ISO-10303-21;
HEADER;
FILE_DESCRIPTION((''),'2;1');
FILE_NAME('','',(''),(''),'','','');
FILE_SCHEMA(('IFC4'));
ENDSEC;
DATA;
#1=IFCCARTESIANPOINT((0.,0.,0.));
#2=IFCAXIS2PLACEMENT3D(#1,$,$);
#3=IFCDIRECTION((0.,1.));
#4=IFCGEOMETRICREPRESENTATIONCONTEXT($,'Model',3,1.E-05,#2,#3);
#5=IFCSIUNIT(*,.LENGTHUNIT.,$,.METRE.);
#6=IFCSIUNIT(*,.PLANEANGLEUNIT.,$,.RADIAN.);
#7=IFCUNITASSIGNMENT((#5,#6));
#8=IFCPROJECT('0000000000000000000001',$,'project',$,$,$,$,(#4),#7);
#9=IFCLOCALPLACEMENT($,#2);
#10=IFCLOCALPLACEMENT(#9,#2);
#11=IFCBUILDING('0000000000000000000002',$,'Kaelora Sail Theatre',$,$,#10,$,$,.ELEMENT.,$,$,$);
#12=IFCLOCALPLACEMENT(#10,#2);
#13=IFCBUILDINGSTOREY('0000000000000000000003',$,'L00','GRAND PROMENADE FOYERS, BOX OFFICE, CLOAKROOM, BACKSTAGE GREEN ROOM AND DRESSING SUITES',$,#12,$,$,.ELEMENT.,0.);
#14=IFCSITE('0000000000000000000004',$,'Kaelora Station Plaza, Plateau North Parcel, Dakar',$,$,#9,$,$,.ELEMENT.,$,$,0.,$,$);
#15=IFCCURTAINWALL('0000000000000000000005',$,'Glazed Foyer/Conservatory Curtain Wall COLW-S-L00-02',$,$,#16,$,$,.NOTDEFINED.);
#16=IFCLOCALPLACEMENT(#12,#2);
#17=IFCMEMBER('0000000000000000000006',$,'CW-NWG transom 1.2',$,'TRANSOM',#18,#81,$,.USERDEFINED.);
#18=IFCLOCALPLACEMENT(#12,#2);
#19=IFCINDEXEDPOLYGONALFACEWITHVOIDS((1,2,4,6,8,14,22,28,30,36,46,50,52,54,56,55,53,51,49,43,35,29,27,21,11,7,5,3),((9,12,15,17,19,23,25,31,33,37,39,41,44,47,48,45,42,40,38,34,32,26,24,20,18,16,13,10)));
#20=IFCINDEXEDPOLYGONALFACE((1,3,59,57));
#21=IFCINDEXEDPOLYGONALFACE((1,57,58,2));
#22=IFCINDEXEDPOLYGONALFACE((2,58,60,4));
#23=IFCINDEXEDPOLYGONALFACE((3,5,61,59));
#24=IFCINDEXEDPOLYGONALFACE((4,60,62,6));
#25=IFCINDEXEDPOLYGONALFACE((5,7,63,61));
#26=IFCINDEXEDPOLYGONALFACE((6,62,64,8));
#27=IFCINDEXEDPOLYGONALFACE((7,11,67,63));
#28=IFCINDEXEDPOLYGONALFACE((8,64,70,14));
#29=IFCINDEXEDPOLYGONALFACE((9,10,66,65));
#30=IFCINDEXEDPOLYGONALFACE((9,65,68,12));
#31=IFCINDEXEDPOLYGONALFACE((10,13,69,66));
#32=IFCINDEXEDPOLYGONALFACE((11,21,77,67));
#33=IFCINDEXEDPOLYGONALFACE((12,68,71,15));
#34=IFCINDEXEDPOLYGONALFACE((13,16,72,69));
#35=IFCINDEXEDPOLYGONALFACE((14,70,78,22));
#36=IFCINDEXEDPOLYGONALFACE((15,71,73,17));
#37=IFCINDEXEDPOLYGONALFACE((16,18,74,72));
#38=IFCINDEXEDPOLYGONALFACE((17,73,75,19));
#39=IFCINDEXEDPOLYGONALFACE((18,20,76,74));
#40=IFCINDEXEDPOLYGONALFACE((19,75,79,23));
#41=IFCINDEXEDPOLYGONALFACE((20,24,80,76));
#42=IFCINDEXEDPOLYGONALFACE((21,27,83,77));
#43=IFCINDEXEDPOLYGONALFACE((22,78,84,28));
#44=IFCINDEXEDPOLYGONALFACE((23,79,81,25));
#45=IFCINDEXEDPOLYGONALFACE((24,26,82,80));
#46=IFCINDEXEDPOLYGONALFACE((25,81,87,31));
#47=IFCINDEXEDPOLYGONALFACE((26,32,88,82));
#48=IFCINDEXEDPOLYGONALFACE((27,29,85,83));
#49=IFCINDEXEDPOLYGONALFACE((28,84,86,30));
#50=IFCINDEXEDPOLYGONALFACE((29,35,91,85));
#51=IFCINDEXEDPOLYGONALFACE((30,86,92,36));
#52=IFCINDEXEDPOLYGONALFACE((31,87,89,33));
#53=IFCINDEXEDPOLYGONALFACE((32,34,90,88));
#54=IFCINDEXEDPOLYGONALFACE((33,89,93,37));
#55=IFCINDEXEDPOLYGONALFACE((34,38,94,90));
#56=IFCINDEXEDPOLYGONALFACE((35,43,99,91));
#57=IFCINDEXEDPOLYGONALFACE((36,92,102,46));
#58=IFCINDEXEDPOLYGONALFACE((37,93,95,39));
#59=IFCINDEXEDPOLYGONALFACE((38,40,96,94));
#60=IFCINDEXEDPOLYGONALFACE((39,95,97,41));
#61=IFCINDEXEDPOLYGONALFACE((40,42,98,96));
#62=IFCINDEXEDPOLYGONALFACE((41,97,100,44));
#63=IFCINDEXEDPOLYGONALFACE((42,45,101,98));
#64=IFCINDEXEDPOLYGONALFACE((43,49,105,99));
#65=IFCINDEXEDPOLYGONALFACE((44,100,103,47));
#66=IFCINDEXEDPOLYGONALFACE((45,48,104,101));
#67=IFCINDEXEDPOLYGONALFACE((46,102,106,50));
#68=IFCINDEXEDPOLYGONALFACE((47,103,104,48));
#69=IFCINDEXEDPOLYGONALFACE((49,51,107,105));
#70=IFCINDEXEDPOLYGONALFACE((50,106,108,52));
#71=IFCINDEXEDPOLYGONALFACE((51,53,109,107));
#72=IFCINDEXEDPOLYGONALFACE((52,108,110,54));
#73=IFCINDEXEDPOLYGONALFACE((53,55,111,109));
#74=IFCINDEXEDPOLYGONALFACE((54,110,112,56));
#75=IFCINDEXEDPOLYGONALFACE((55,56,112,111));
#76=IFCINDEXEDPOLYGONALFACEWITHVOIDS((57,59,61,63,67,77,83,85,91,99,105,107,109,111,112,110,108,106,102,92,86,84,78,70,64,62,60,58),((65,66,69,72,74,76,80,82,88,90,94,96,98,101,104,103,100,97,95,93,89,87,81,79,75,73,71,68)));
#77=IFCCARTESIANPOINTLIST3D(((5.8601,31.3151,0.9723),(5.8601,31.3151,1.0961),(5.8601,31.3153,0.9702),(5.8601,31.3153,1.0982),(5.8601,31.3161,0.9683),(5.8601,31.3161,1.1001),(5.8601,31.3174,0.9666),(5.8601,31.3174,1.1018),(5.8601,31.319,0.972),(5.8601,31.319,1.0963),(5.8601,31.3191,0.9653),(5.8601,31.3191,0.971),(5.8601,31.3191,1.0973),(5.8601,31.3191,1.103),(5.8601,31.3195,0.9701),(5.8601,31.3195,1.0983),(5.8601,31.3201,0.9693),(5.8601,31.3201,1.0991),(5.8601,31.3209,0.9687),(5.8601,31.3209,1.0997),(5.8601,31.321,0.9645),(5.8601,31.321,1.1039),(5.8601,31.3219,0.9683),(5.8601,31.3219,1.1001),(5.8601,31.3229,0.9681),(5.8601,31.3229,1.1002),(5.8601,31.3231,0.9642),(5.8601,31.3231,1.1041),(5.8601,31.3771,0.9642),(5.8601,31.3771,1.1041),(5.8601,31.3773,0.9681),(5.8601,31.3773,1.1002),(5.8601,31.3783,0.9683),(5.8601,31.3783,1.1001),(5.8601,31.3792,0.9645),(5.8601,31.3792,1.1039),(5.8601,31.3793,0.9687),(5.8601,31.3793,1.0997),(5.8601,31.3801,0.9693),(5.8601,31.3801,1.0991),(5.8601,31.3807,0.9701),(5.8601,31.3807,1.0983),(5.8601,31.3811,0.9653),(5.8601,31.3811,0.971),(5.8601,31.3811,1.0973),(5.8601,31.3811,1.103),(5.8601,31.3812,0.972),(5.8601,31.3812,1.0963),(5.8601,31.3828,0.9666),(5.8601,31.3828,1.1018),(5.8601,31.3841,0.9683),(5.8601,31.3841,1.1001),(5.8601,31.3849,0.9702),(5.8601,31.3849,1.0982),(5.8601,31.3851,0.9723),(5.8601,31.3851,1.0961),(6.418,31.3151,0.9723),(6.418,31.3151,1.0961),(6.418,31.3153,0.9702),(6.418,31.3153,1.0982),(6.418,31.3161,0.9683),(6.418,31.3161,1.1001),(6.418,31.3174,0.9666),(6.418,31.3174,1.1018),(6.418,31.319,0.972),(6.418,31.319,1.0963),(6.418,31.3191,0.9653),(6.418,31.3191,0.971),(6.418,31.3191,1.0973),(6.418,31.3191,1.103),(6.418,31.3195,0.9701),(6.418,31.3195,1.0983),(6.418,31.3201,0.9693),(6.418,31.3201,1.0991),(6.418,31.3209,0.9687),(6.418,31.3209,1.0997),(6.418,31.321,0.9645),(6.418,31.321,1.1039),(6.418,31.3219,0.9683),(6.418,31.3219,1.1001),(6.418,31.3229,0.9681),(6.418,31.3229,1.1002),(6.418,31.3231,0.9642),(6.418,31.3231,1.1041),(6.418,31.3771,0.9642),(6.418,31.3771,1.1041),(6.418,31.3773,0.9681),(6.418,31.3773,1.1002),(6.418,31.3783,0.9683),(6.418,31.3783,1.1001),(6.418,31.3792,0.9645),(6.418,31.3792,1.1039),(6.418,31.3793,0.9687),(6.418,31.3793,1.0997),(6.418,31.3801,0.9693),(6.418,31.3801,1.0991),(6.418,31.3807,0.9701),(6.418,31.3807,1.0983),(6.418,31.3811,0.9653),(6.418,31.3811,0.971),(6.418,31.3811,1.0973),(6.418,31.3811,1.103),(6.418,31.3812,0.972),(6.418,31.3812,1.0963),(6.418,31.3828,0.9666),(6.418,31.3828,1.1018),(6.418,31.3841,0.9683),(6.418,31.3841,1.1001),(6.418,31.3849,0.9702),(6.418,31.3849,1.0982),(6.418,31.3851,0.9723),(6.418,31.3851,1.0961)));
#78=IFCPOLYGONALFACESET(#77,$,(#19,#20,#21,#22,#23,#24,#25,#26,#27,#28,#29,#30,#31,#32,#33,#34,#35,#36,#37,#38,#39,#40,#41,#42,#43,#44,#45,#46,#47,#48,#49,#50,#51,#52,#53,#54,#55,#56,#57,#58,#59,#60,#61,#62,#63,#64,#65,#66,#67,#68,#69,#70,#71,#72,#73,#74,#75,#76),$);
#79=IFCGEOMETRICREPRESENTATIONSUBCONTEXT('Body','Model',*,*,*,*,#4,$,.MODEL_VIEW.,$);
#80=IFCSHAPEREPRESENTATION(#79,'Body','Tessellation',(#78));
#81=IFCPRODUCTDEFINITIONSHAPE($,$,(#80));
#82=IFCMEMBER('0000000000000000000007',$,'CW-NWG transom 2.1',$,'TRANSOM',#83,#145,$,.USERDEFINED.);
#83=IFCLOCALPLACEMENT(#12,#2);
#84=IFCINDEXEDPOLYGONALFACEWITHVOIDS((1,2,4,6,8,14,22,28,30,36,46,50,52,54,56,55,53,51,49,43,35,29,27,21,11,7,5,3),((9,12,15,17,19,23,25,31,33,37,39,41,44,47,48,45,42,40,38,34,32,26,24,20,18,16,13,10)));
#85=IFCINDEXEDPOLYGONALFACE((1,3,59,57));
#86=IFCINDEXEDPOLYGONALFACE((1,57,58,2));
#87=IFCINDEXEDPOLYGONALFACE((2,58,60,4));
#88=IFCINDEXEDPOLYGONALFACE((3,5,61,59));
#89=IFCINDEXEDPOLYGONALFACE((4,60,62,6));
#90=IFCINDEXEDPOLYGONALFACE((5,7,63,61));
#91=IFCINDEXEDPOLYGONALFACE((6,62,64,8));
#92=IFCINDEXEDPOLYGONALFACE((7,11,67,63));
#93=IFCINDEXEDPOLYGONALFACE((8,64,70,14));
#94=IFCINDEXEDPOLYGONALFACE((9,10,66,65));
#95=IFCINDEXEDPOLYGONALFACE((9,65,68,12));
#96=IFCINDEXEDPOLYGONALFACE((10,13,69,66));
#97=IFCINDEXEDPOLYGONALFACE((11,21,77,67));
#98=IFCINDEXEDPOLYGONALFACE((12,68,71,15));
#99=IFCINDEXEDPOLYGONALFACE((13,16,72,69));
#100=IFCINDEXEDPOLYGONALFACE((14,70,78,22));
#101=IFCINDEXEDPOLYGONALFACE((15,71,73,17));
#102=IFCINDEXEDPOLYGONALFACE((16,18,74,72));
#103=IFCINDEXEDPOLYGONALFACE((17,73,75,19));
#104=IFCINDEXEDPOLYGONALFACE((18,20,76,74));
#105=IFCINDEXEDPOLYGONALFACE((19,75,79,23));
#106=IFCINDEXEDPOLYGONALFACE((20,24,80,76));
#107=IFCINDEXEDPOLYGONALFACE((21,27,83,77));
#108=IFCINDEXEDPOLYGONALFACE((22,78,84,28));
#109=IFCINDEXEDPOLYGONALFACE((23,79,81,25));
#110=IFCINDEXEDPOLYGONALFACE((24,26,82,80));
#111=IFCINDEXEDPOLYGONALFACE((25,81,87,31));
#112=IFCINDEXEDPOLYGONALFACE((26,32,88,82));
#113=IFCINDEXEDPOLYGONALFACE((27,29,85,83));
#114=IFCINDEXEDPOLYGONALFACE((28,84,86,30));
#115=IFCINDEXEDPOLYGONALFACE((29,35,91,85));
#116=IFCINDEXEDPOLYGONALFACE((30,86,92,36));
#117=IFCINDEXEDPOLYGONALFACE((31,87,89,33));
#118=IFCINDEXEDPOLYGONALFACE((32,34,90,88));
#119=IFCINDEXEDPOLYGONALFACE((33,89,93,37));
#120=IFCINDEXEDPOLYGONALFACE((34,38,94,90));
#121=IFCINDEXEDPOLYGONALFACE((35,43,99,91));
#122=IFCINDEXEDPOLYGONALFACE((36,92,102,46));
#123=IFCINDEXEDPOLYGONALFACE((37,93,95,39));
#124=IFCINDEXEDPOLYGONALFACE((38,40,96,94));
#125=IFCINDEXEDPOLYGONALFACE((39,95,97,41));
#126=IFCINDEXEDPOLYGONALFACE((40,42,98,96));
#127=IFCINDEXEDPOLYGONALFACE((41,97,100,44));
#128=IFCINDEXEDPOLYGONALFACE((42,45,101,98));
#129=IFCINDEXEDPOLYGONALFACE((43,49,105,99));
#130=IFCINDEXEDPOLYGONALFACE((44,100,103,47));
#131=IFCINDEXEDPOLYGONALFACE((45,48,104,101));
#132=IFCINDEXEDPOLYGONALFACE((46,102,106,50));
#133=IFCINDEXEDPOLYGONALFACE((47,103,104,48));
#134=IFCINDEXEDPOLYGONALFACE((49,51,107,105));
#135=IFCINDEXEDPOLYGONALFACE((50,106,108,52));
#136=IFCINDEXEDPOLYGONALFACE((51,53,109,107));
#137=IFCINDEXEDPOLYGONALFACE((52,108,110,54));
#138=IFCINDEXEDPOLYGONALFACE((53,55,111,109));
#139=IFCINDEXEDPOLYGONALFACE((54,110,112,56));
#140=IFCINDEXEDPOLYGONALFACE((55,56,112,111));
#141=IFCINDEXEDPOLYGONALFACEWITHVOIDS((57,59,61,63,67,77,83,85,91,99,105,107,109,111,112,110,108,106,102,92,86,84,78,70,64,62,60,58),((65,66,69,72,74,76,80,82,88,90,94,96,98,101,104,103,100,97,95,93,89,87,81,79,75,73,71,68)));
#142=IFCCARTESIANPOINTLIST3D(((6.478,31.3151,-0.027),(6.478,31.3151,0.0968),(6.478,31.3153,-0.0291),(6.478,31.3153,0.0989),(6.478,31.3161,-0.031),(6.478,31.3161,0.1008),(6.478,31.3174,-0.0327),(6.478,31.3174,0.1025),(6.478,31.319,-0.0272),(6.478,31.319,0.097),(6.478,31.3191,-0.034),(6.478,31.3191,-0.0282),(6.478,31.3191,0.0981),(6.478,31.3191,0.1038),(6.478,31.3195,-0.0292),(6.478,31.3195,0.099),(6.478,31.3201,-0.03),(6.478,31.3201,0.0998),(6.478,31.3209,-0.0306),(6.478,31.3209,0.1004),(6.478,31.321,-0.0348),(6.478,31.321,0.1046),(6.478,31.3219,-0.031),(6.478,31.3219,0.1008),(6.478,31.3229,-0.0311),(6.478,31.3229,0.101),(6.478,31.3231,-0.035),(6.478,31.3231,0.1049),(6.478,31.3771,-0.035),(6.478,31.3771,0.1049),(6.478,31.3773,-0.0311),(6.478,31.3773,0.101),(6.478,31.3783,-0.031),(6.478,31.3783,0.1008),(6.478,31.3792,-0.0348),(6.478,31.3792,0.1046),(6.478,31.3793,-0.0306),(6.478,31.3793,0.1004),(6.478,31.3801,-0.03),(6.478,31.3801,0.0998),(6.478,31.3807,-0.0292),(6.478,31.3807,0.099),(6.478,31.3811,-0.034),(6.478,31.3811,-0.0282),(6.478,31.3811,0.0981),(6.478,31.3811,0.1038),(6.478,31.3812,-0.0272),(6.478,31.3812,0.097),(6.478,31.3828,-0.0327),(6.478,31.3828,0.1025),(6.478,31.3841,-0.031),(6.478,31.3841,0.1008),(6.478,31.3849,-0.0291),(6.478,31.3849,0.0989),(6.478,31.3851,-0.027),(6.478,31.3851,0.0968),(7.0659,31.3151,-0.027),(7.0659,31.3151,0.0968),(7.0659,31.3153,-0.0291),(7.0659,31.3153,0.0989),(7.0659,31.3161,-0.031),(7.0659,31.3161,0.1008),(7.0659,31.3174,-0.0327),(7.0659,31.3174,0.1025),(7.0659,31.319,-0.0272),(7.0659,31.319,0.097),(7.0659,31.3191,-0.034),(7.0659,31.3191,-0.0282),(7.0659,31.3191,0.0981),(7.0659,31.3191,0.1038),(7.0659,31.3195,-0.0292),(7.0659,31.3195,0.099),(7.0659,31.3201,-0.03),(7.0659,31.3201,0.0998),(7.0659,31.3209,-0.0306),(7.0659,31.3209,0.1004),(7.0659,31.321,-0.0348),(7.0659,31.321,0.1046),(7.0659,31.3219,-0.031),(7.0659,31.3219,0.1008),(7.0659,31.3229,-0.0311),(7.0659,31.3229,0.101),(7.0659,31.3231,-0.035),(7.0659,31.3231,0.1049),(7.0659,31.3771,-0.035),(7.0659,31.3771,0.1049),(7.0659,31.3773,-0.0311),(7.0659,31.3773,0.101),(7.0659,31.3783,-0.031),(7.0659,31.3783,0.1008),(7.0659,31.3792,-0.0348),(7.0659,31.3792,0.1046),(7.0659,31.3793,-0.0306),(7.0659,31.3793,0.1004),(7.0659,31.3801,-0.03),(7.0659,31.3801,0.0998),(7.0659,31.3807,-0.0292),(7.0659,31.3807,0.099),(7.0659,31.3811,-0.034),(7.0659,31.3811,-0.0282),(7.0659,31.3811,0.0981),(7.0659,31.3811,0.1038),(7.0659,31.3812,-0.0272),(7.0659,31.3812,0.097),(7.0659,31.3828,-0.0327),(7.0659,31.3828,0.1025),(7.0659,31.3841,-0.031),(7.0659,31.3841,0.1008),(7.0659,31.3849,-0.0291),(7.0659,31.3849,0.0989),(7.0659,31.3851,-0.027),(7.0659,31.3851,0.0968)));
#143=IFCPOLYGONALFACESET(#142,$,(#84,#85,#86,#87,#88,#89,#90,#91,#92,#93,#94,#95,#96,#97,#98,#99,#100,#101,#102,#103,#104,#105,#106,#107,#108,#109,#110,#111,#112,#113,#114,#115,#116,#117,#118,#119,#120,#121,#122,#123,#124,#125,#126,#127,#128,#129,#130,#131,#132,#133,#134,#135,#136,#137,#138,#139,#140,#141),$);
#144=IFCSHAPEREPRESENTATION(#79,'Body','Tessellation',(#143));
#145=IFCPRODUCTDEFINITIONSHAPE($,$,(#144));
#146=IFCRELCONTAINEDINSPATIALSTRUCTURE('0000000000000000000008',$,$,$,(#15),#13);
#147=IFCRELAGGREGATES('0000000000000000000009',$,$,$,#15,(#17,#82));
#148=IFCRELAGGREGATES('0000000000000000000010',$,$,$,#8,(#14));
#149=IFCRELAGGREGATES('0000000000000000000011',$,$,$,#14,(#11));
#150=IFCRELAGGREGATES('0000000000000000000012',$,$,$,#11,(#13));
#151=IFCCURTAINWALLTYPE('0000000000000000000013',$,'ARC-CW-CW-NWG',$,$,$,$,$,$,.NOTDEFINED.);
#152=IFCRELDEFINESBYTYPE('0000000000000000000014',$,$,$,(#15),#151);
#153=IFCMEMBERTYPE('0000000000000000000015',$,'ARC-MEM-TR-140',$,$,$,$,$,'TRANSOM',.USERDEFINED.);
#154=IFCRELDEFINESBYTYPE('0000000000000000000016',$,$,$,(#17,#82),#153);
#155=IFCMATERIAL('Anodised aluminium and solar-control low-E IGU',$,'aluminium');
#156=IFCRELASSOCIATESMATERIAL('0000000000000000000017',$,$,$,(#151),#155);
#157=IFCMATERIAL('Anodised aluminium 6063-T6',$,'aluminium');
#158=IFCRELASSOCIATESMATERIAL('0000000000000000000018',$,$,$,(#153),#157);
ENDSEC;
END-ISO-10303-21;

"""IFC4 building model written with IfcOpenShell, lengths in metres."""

from ifc_helpers import new_model, si_unit, direction, frame, origin, origin_2d, place, context, subcontext, project, spatial, hollow_rectangle, extrude, material, material_profile, profile_set, type_object, element, aggregate, save


model = new_model("IFC4")

# Units and contexts
model_context = context("Model", 3, precision=1e-05, world=origin(), true_north=direction((0.0, 1.0)))
body_context = subcontext(model_context, "Body", "Model", "MODEL_VIEW")
ifc_project = project(units=[si_unit("LENGTHUNIT", "METRE"), si_unit("PLANEANGLEUNIT", "RADIAN")], contexts=[model_context])

# Site, building, storey
site_placement = place(None, origin())
site = spatial("IfcSite", under=ifc_project, at=site_placement, Name="Kaelora Station Plaza, Plateau North Parcel, Dakar", CompositionType="ELEMENT", RefElevation=0.0)
building_placement = place(site_placement, origin())
building = spatial("IfcBuilding", under=site, at=building_placement, Name="Kaelora Sail Theatre", CompositionType="ELEMENT")
storey_placement = place(building_placement, origin())
storey = spatial("IfcBuildingStorey", under=building, at=storey_placement, Name="L00", Description="GRAND PROMENADE FOYERS, BOX OFFICE, CLOAKROOM, BACKSTAGE GREEN ROOM AND DRESSING SUITES", CompositionType="ELEMENT", Elevation=0.0)

# Shared definitions
ifc_material_1 = material(Name="Anodised aluminium and solar-control low-E IGU", Category="aluminium")
curtain_wall_type = type_object("IfcCurtainWallType", Name="ARC-CW-CW-NWG", PredefinedType="NOTDEFINED", material=ifc_material_1)

# Curtain wall, members
curtain_wall_1_placement = place(storey_placement, origin())
curtain_wall_1 = element("IfcCurtainWall", 1, at=curtain_wall_1_placement, inside=storey, type_object=curtain_wall_type, Name="Glazed Foyer/Conservatory Curtain Wall COLW-S-L00-02", PredefinedType="NOTDEFINED")
ifc_material_2 = material(Name="Anodised aluminium 6063-T6", Category="aluminium")
ifc_material_profile_1 = material_profile(ifc_material_2, hollow_rectangle(XDim=0.0701, YDim=0.1399, WallThickness=0.0039, InnerFilletRadius=0.0039, OuterFilletRadius=0.0081, at=origin_2d()), Name="ALU-TRAN 70x140x4")
ifc_profile_set_1 = profile_set([ifc_material_profile_1], Name="Anodised aluminium 6063-T6")
member_type_1 = type_object("IfcMemberType", Name="ARC-MEM-TR-140", ElementType="TRANSOM", PredefinedType="USERDEFINED", material=ifc_profile_set_1)
member_1_placement = place(storey_placement, frame((5.8601, 31.3501, 1.0342), z_axis=(1.0, 0.0, 0.0), x_axis=(0.0, 1.0, 0.0)))
member_1 = element("IfcMember", 2, at=member_1_placement, type_object=member_type_1, Name="CW-NWG transom 1.2", ObjectType="TRANSOM", PredefinedType="USERDEFINED", context=body_context, shape_type="SweptSolid", body=[
    extrude(hollow_rectangle(XDim=0.0701, YDim=0.1399, WallThickness=0.0039, InnerFilletRadius=0.0039, OuterFilletRadius=0.0081, at=origin_2d()), origin(), (0.0, 0.0, 1.0), 0.5579),
])
member_2_placement = place(storey_placement, frame((6.478, 31.3501, 0.0349), z_axis=(1.0, 0.0, 0.0), x_axis=(0.0, 1.0, 0.0)))
member_2 = element("IfcMember", 3, at=member_2_placement, type_object=member_type_1, Name="CW-NWG transom 2.1", ObjectType="TRANSOM", PredefinedType="USERDEFINED", context=body_context, shape_type="SweptSolid", body=[
    extrude(hollow_rectangle(XDim=0.0701, YDim=0.1399, WallThickness=0.0039, InnerFilletRadius=0.0039, OuterFilletRadius=0.0081, at=origin_2d()), origin(), (0.0, 0.0, 1.0), 0.5879),
])

aggregate(curtain_wall_1, [member_1, member_2])

save(model, "model.ifc")
